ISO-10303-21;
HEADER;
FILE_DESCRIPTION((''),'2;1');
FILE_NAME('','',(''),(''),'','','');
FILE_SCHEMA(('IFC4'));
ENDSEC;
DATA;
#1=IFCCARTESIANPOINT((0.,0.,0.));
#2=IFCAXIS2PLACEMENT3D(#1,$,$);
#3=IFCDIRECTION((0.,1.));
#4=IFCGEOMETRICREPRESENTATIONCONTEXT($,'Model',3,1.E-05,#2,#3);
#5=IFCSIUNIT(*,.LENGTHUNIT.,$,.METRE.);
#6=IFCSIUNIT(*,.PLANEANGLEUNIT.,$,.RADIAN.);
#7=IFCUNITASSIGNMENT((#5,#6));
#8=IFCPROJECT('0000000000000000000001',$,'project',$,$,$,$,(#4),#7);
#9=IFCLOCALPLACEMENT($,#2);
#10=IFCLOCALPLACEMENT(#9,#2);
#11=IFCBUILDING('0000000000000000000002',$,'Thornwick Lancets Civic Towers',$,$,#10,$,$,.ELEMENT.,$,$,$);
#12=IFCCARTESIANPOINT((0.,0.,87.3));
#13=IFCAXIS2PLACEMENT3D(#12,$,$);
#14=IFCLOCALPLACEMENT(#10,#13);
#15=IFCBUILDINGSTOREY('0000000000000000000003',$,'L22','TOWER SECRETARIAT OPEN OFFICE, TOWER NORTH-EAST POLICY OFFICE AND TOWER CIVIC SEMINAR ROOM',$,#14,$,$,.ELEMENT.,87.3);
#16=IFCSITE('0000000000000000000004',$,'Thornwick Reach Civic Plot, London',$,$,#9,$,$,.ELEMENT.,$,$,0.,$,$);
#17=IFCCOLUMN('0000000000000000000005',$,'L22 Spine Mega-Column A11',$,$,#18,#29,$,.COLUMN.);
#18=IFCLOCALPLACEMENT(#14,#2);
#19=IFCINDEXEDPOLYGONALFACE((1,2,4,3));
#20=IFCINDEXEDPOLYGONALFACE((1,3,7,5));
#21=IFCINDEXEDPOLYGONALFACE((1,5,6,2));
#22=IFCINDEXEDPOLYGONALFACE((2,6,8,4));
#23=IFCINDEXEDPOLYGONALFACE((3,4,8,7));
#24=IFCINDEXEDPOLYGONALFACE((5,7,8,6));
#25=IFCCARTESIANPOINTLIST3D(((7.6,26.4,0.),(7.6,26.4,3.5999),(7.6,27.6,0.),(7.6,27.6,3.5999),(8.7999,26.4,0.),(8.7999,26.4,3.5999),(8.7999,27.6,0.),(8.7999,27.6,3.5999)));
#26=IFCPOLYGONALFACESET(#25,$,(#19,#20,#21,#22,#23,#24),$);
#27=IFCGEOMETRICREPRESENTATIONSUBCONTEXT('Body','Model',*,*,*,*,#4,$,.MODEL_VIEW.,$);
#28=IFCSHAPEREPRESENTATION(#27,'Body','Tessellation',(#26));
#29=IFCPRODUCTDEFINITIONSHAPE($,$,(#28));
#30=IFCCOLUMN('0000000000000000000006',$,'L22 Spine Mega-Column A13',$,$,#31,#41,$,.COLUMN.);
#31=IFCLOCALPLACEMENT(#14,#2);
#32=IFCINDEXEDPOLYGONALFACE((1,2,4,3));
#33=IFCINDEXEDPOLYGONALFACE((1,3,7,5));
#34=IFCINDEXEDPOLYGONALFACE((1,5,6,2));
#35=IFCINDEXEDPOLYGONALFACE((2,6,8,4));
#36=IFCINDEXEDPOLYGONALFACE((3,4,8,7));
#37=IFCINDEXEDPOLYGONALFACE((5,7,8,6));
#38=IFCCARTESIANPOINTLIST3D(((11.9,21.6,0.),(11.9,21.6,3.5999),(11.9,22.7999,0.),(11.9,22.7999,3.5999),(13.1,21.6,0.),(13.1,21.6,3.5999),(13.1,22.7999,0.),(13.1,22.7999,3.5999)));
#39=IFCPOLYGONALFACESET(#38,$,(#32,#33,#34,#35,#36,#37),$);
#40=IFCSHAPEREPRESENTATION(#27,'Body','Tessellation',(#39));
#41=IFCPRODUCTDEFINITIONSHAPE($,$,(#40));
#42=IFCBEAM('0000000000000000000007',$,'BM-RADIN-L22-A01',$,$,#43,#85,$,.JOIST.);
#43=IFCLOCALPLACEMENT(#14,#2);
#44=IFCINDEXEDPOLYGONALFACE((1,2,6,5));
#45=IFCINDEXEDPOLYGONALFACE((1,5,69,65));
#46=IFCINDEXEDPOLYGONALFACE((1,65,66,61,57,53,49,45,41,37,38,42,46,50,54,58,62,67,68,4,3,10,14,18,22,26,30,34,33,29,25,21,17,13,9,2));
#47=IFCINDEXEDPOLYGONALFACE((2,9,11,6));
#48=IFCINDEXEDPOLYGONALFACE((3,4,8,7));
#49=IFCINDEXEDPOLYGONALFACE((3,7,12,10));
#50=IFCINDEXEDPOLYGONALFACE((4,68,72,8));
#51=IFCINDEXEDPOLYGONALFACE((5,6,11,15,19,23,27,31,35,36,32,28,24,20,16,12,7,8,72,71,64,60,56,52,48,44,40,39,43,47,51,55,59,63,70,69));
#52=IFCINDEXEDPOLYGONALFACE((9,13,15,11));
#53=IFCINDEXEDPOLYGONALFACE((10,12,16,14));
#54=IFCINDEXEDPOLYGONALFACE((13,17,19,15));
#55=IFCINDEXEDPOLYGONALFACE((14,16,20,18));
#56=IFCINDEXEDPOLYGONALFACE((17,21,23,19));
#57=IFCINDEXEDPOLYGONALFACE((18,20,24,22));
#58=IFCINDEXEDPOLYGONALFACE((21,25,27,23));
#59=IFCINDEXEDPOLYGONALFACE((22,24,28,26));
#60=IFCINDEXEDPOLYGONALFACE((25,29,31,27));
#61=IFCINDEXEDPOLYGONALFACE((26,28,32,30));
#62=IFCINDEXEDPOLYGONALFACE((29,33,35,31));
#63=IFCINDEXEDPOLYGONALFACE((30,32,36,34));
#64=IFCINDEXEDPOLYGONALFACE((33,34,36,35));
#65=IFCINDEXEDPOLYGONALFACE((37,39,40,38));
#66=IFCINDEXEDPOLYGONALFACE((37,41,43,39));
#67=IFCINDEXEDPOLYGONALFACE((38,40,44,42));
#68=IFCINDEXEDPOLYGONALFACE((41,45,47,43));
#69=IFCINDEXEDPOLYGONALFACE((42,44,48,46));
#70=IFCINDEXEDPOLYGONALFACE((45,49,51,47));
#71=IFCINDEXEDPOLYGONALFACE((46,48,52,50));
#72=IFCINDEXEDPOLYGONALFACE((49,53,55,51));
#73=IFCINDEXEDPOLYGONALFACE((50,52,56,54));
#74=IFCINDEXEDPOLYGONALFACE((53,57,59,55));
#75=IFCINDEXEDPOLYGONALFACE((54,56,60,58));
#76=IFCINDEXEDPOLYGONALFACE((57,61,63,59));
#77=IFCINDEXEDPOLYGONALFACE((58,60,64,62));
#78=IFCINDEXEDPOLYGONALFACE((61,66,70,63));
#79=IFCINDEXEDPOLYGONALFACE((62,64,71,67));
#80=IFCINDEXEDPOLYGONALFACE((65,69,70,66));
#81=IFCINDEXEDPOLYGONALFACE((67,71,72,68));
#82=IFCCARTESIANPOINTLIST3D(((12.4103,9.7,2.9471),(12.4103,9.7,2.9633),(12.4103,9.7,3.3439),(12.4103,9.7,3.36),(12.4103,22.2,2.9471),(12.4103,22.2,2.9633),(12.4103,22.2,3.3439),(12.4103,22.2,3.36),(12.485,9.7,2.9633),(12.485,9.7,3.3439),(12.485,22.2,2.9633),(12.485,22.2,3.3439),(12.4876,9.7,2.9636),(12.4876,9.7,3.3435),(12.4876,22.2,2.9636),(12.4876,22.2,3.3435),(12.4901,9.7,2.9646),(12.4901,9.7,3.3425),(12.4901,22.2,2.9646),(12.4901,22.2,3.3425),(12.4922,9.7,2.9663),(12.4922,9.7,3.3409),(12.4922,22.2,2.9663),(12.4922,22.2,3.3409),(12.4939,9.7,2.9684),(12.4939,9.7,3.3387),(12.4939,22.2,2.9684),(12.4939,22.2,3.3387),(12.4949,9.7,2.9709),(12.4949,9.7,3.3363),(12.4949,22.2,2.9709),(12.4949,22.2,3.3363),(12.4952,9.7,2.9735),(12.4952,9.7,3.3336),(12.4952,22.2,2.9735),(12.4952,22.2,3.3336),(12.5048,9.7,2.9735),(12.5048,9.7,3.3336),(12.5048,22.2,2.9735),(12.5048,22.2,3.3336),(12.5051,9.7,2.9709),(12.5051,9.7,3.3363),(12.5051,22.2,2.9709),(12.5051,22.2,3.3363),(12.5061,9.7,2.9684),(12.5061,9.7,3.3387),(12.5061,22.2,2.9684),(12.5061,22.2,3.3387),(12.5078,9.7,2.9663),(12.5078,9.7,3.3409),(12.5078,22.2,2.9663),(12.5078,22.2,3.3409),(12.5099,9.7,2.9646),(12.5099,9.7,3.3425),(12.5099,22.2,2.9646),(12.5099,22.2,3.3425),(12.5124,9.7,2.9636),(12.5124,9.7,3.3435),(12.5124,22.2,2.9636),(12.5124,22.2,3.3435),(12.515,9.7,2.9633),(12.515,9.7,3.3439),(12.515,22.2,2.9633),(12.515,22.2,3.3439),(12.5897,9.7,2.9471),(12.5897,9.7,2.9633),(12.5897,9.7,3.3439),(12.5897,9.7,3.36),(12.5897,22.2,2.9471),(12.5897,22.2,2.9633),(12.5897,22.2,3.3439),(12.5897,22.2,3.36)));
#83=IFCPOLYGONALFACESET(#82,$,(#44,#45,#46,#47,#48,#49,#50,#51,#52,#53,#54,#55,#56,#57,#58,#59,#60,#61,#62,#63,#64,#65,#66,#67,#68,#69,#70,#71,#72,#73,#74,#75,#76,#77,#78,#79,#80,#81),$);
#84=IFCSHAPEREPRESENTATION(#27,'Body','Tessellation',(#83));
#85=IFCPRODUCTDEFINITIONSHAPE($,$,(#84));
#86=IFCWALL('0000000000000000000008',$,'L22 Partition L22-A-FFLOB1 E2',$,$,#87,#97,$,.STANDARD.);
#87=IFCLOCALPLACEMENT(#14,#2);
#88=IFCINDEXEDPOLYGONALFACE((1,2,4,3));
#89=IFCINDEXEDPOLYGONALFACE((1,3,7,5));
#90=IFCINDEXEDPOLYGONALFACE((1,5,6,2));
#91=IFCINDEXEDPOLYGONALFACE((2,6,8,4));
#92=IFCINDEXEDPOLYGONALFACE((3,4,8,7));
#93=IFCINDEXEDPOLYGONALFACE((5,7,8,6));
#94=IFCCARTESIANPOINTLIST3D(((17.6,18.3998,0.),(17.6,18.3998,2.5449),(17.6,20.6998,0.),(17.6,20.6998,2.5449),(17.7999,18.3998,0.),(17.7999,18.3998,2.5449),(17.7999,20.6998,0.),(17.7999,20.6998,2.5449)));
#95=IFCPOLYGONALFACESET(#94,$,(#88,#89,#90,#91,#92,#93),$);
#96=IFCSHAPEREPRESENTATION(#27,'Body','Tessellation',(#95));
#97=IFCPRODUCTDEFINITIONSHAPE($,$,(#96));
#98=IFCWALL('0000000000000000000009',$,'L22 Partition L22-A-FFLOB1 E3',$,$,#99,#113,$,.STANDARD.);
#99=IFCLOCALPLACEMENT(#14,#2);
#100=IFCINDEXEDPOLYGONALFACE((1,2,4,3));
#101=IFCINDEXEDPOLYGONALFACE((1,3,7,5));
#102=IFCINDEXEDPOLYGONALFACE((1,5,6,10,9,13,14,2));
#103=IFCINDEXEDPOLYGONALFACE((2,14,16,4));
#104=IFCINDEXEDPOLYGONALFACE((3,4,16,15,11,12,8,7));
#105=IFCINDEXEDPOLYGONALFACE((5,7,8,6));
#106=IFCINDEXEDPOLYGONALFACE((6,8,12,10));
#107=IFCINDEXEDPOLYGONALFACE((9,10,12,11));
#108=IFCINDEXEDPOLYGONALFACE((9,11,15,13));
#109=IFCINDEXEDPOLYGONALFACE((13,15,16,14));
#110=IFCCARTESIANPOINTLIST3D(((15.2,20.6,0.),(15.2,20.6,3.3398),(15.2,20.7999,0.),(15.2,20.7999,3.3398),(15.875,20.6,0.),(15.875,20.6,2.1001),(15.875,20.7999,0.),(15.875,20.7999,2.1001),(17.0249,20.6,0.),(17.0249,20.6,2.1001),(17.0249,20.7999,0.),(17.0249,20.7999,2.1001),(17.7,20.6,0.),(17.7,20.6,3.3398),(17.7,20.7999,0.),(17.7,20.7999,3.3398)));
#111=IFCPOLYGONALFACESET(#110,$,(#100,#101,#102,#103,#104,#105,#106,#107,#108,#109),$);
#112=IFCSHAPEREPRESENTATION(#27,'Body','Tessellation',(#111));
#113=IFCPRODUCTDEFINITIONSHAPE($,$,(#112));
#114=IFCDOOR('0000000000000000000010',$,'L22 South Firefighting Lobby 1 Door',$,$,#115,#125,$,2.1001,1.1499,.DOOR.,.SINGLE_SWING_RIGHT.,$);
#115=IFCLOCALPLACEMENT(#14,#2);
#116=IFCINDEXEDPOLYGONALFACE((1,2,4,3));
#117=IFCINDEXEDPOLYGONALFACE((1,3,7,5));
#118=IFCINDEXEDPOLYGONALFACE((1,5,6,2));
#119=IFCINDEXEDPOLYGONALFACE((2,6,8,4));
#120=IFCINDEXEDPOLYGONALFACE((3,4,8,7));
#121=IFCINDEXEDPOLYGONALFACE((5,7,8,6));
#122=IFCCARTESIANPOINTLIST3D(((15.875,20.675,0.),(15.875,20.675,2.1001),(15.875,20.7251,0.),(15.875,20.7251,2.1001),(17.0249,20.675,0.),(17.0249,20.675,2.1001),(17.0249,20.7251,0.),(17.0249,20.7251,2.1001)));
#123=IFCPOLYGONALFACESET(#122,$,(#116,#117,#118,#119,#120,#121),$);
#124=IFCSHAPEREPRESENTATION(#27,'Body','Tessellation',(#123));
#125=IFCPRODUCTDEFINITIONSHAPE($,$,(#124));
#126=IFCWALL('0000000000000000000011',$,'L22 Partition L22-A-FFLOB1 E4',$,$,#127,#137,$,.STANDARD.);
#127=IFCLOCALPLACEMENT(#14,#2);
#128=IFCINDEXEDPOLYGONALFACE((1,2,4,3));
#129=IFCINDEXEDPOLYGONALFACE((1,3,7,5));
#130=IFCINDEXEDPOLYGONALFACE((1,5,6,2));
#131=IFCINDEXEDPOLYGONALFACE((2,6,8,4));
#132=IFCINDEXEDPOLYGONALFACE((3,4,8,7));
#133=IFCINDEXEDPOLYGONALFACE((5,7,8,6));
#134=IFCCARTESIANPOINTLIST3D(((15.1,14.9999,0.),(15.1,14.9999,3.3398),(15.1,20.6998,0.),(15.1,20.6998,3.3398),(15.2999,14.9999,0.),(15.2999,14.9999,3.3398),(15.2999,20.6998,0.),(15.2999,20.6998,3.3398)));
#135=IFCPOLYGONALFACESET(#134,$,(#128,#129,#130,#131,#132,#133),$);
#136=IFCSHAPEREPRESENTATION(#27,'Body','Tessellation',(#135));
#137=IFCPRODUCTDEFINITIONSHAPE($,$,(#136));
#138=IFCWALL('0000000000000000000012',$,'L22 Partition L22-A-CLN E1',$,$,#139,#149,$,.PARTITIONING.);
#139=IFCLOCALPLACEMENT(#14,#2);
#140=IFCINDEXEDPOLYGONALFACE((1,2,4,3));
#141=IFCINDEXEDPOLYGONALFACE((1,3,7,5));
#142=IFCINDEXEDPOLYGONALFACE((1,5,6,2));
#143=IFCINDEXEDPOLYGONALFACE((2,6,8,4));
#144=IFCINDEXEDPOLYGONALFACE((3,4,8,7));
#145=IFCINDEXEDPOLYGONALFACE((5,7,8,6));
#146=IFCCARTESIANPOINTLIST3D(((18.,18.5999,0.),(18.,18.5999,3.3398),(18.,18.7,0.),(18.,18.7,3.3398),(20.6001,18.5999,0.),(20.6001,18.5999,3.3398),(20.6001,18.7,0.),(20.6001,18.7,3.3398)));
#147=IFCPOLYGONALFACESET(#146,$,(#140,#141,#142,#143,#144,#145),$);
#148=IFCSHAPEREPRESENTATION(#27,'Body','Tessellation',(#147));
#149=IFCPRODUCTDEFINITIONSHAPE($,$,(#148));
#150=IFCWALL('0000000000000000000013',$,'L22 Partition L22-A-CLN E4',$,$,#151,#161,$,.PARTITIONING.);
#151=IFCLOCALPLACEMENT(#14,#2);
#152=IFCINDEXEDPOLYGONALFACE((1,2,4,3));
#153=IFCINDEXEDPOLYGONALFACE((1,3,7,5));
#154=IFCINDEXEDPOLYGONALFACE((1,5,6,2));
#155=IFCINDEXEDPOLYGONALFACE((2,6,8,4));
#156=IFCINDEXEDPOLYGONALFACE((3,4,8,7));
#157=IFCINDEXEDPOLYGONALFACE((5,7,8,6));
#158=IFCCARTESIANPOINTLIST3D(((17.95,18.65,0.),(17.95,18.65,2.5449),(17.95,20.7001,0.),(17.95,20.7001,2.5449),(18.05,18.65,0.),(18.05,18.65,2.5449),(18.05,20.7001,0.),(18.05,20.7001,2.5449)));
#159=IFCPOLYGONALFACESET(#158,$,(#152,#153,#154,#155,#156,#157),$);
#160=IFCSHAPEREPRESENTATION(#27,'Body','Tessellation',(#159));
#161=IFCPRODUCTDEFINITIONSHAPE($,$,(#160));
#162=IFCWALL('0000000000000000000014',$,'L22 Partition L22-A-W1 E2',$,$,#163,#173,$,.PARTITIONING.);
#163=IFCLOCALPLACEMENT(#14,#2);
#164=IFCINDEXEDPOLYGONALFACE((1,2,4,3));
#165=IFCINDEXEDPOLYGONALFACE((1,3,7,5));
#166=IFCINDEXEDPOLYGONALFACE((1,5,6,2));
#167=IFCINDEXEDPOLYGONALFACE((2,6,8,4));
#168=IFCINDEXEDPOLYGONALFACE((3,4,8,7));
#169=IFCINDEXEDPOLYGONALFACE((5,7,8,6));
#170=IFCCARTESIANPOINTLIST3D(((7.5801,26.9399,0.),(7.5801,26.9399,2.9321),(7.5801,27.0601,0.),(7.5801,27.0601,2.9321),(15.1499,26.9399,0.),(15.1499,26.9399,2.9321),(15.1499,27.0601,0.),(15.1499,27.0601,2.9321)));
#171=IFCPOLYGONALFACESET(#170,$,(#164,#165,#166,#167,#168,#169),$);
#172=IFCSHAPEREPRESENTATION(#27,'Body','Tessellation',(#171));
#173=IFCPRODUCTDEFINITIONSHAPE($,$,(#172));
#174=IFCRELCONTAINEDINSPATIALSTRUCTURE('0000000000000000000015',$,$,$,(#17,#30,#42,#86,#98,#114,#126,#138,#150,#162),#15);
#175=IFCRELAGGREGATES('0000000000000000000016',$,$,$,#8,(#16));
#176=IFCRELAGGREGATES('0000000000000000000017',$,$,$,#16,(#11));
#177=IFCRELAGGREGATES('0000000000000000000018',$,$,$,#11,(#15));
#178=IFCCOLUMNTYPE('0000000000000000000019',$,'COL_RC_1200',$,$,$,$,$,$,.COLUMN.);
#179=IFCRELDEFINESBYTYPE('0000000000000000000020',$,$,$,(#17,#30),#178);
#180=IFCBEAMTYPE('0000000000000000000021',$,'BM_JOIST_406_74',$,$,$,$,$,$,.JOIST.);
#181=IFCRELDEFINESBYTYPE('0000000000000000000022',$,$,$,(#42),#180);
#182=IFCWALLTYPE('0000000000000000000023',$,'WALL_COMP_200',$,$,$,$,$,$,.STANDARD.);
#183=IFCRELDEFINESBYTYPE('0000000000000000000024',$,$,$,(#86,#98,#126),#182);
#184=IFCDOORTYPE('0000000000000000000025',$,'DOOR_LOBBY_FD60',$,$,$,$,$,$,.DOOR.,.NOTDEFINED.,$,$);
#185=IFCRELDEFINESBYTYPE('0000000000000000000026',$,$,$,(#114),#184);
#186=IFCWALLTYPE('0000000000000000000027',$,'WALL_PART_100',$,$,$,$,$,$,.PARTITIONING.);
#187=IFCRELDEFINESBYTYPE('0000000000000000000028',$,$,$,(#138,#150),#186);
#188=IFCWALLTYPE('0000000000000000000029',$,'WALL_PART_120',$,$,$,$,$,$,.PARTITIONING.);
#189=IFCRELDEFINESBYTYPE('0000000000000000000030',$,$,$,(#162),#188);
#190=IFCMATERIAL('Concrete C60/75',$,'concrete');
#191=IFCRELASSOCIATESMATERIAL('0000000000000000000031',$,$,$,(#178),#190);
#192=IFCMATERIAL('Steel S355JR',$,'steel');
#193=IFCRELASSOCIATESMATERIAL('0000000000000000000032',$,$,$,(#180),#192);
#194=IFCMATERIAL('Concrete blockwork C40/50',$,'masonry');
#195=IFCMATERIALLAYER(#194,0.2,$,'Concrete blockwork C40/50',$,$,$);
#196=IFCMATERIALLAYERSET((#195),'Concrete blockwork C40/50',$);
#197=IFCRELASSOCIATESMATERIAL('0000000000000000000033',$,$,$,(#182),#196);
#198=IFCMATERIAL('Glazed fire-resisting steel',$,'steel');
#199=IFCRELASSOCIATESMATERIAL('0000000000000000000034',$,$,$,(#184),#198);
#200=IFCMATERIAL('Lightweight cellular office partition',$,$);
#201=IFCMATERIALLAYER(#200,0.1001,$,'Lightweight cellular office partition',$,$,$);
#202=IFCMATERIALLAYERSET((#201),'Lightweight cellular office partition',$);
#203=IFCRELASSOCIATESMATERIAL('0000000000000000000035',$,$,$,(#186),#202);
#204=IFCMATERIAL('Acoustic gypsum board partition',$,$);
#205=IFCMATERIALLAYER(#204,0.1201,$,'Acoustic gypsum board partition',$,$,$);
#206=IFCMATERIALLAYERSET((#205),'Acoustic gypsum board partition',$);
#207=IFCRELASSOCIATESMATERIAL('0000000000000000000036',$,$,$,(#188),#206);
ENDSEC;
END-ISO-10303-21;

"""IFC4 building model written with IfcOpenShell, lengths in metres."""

from ifc_helpers import new_model, si_unit, direction, frame, frame_2d, origin, origin_2d, place, context, subcontext, project, spatial, rectangle, i_section, extrude, material, layer, layer_set, material_profile, profile_set, type_object, element, fill, save


model = new_model("IFC4")

# Units and contexts
model_context = context("Model", 3, precision=1e-05, world=origin(), true_north=direction((0.0, 1.0)))
body_context = subcontext(model_context, "Body", "Model", "MODEL_VIEW")
ifc_project = project(units=[si_unit("LENGTHUNIT", "METRE"), si_unit("PLANEANGLEUNIT", "RADIAN")], contexts=[model_context])

# Site, building, storey
site_placement = place(None, origin())
site = spatial("IfcSite", under=ifc_project, at=site_placement, Name="Thornwick Reach Civic Plot, London", CompositionType="ELEMENT", RefElevation=0.0)
building_placement = place(site_placement, origin())
building = spatial("IfcBuilding", under=site, at=building_placement, Name="Thornwick Lancets Civic Towers", CompositionType="ELEMENT")
storey_placement = place(building_placement, frame((0.0, 0.0, 87.3)))
storey = spatial("IfcBuildingStorey", under=building, at=storey_placement, Name="L22", Description="TOWER SECRETARIAT OPEN OFFICE, TOWER NORTH-EAST POLICY OFFICE AND TOWER CIVIC SEMINAR ROOM", CompositionType="ELEMENT", Elevation=87.3)

# Columns
ifc_material_1 = material(Name="Concrete C60/75", Category="concrete")
ifc_material_profile_1 = material_profile(ifc_material_1, rectangle(XDim=1.2, YDim=1.2, at=origin_2d()), Name="RC 1200x1200")
ifc_profile_set_1 = profile_set([ifc_material_profile_1], Name="Concrete C60/75")
column_type = type_object("IfcColumnType", Name="COL_RC_1200", PredefinedType="COLUMN", material=ifc_profile_set_1)
for number, where, z_axis, x_axis, name in (
    (1, (8.2, 27.0, 0.0), (0.0, 0.0, 1.0), (1.0, 0.0, 0.0), "L22 Spine Mega-Column A11"),
    (2, (12.5, 22.2, 0.0), (0.0, 0.0, 1.0), (1.0, 0.0, 0.0), "L22 Spine Mega-Column A13"),
):
    element("IfcColumn", number, at=place(storey_placement, frame(where, z_axis=z_axis, x_axis=x_axis)), inside=storey, type_object=column_type, Name=name, PredefinedType="COLUMN", context=body_context, shape_type="SweptSolid", body=[
        extrude(rectangle(XDim=1.2, YDim=1.2, at=origin_2d()), origin(), (0.0, 0.0, 1.0), 3.5999),
    ])

# Beam
ifc_material_2 = material(Name="Steel S355JR", Category="steel")
ifc_material_profile_2 = material_profile(ifc_material_2, i_section(OverallWidth=0.1794, OverallDepth=0.4128, WebThickness=0.0095, FlangeThickness=0.0161, FilletRadius=0.0103, at=origin_2d()), Name="UKB 406x178x74")
ifc_profile_set_2 = profile_set([ifc_material_profile_2], Name="Steel S355JR")
beam_type = type_object("IfcBeamType", Name="BM_JOIST_406_74", PredefinedType="JOIST", material=ifc_profile_set_2)
beam_placement = place(storey_placement, frame((12.5, 22.2, 3.1536), z_axis=(0.0, -1.0, 0.0), x_axis=(1.0, 0.0, 0.0)))
element("IfcBeam", 3, at=beam_placement, inside=storey, type_object=beam_type, Name="BM-RADIN-L22-A01", PredefinedType="JOIST", context=body_context, shape_type="SweptSolid", body=[
    extrude(i_section(OverallWidth=0.1794, OverallDepth=0.4128, WebThickness=0.0095, FlangeThickness=0.0161, FilletRadius=0.0103, at=origin_2d()), origin(), (0.0, 0.0, 1.0), 12.5),
])

# Wall
ifc_material_3 = material(Name="Concrete blockwork C40/50", Category="masonry")
ifc_layer_1 = layer(ifc_material_3, 0.2, Name="Concrete blockwork C40/50")
ifc_layer_set_1 = layer_set([ifc_layer_1], Name="Concrete blockwork C40/50")
wall_type_1 = type_object("IfcWallType", Name="WALL_COMP_200", PredefinedType="STANDARD", material=ifc_layer_set_1)
wall_1_placement = place(storey_placement, frame((17.7, 18.3999, 0.0), z_axis=(0.0, 0.0, 1.0), x_axis=(0.0, 1.0, 0.0)))
element("IfcWall", 4, at=wall_1_placement, inside=storey, type_object=wall_type_1, Name="L22 Partition L22-A-FFLOB1 E2", PredefinedType="STANDARD", context=body_context, shape_type="SweptSolid", body=[
    extrude(rectangle(XDim=2.3, YDim=0.2, at=frame_2d((1.1499, 0.0))), origin(), (0.0, 0.0, 1.0), 2.5449),
])

# Wall, opening, door
wall_2_placement = place(storey_placement, frame((17.7, 20.7, 0.0), z_axis=(0.0, 0.0, 1.0), x_axis=(-1.0, 0.0, 0.0)))
wall_2 = element("IfcWall", 5, at=wall_2_placement, inside=storey, type_object=wall_type_1, Name="L22 Partition L22-A-FFLOB1 E3", PredefinedType="STANDARD", context=body_context, shape_type="SweptSolid", body=[
    extrude(rectangle(XDim=2.5, YDim=0.2, at=frame_2d((1.25, 0.0))), origin(), (0.0, 0.0, 1.0), 3.3398),
])
opening_1_placement = place(wall_2_placement, frame((0.675, 0.0, 0.0)))
opening_1 = element("IfcOpeningElement", 6, at=opening_1_placement, cuts=wall_2, PredefinedType="OPENING", context=body_context, shape_type="SweptSolid", body=[
    extrude(rectangle(XDim=1.1499, YDim=2.1001, at=frame_2d((0.575, 1.05))), frame((0.0, 0.1099, 0.0), z_axis=(0.0, -1.0, 0.0), x_axis=(1.0, 0.0, 0.0)), (0.0, 0.0, 1.0), 0.22),
])
ifc_material_4 = material(Name="Glazed fire-resisting steel", Category="steel")
door_type_1 = type_object("IfcDoorType", Name="DOOR_LOBBY_FD60", OperationType="NOTDEFINED", PredefinedType="DOOR", material=ifc_material_4)
door_1_placement = place(opening_1_placement, origin())
door_1 = element("IfcDoor", 7, at=door_1_placement, inside=storey, type_object=door_type_1, Name="L22 South Firefighting Lobby 1 Door", OperationType="SINGLE_SWING_RIGHT", OverallHeight=2.1001, OverallWidth=1.1499, PredefinedType="DOOR", context=body_context, shape_type="SweptSolid", body=[
    extrude(rectangle(XDim=1.1499, YDim=2.1001, at=frame_2d((0.575, 1.05))), frame((0.0, 0.0249, 0.0), z_axis=(0.0, -1.0, 0.0), x_axis=(1.0, 0.0, 0.0)), (0.0, 0.0, 1.0), 0.05),
])
fill(opening_1, door_1)

# Walls
wall_3_placement = place(storey_placement, frame((15.2, 20.7, 0.0), z_axis=(0.0, 0.0, 1.0), x_axis=(0.0, -1.0, 0.0)))
element("IfcWall", 8, at=wall_3_placement, inside=storey, type_object=wall_type_1, Name="L22 Partition L22-A-FFLOB1 E4", PredefinedType="STANDARD", context=body_context, shape_type="SweptSolid", body=[
    extrude(rectangle(XDim=5.7, YDim=0.2, at=frame_2d((2.8501, 0.0))), origin(), (0.0, 0.0, 1.0), 3.3398),
])
ifc_material_5 = material(Name="Lightweight cellular office partition")
ifc_layer_2 = layer(ifc_material_5, 0.1001, Name="Lightweight cellular office partition")
ifc_layer_set_2 = layer_set([ifc_layer_2], Name="Lightweight cellular office partition")
wall_type_2 = type_object("IfcWallType", Name="WALL_PART_100", PredefinedType="PARTITIONING", material=ifc_layer_set_2)
wall_4_placement = place(storey_placement, frame((18.0, 18.6499, 0.0), z_axis=(0.0, 0.0, 1.0), x_axis=(1.0, 0.0, 0.0)))
element("IfcWall", 9, at=wall_4_placement, inside=storey, type_object=wall_type_2, Name="L22 Partition L22-A-CLN E1", PredefinedType="PARTITIONING", context=body_context, shape_type="SweptSolid", body=[
    extrude(rectangle(XDim=2.6001, YDim=0.1001, at=frame_2d((1.3, 0.0))), origin(), (0.0, 0.0, 1.0), 3.3398),
])
wall_5_placement = place(storey_placement, frame((18.0, 20.7, 0.0), z_axis=(0.0, 0.0, 1.0), x_axis=(0.0, -1.0, 0.0)))
element("IfcWall", 10, at=wall_5_placement, inside=storey, type_object=wall_type_2, Name="L22 Partition L22-A-CLN E4", PredefinedType="PARTITIONING", context=body_context, shape_type="SweptSolid", body=[
    extrude(rectangle(XDim=2.05, YDim=0.1001, at=frame_2d((1.0249, 0.0))), origin(), (0.0, 0.0, 1.0), 2.5449),
])
ifc_material_6 = material(Name="Acoustic gypsum board partition")
ifc_layer_3 = layer(ifc_material_6, 0.1201, Name="Acoustic gypsum board partition")
ifc_layer_set_3 = layer_set([ifc_layer_3], Name="Acoustic gypsum board partition")
wall_type_3 = type_object("IfcWallType", Name="WALL_PART_120", PredefinedType="PARTITIONING", material=ifc_layer_set_3)
wall_6_placement = place(storey_placement, frame((7.5801, 27.0, 0.0), z_axis=(0.0, 0.0, 1.0), x_axis=(1.0, 0.0, 0.0)))
element("IfcWall", 11, at=wall_6_placement, inside=storey, type_object=wall_type_3, Name="L22 Partition L22-A-W1 E2", PredefinedType="PARTITIONING", context=body_context, shape_type="SweptSolid", body=[
    extrude(rectangle(XDim=7.5698, YDim=0.1201, at=frame_2d((3.7849, 0.0))), origin(), (0.0, 0.0, 1.0), 2.9321),
])

save(model, "model.ifc")
